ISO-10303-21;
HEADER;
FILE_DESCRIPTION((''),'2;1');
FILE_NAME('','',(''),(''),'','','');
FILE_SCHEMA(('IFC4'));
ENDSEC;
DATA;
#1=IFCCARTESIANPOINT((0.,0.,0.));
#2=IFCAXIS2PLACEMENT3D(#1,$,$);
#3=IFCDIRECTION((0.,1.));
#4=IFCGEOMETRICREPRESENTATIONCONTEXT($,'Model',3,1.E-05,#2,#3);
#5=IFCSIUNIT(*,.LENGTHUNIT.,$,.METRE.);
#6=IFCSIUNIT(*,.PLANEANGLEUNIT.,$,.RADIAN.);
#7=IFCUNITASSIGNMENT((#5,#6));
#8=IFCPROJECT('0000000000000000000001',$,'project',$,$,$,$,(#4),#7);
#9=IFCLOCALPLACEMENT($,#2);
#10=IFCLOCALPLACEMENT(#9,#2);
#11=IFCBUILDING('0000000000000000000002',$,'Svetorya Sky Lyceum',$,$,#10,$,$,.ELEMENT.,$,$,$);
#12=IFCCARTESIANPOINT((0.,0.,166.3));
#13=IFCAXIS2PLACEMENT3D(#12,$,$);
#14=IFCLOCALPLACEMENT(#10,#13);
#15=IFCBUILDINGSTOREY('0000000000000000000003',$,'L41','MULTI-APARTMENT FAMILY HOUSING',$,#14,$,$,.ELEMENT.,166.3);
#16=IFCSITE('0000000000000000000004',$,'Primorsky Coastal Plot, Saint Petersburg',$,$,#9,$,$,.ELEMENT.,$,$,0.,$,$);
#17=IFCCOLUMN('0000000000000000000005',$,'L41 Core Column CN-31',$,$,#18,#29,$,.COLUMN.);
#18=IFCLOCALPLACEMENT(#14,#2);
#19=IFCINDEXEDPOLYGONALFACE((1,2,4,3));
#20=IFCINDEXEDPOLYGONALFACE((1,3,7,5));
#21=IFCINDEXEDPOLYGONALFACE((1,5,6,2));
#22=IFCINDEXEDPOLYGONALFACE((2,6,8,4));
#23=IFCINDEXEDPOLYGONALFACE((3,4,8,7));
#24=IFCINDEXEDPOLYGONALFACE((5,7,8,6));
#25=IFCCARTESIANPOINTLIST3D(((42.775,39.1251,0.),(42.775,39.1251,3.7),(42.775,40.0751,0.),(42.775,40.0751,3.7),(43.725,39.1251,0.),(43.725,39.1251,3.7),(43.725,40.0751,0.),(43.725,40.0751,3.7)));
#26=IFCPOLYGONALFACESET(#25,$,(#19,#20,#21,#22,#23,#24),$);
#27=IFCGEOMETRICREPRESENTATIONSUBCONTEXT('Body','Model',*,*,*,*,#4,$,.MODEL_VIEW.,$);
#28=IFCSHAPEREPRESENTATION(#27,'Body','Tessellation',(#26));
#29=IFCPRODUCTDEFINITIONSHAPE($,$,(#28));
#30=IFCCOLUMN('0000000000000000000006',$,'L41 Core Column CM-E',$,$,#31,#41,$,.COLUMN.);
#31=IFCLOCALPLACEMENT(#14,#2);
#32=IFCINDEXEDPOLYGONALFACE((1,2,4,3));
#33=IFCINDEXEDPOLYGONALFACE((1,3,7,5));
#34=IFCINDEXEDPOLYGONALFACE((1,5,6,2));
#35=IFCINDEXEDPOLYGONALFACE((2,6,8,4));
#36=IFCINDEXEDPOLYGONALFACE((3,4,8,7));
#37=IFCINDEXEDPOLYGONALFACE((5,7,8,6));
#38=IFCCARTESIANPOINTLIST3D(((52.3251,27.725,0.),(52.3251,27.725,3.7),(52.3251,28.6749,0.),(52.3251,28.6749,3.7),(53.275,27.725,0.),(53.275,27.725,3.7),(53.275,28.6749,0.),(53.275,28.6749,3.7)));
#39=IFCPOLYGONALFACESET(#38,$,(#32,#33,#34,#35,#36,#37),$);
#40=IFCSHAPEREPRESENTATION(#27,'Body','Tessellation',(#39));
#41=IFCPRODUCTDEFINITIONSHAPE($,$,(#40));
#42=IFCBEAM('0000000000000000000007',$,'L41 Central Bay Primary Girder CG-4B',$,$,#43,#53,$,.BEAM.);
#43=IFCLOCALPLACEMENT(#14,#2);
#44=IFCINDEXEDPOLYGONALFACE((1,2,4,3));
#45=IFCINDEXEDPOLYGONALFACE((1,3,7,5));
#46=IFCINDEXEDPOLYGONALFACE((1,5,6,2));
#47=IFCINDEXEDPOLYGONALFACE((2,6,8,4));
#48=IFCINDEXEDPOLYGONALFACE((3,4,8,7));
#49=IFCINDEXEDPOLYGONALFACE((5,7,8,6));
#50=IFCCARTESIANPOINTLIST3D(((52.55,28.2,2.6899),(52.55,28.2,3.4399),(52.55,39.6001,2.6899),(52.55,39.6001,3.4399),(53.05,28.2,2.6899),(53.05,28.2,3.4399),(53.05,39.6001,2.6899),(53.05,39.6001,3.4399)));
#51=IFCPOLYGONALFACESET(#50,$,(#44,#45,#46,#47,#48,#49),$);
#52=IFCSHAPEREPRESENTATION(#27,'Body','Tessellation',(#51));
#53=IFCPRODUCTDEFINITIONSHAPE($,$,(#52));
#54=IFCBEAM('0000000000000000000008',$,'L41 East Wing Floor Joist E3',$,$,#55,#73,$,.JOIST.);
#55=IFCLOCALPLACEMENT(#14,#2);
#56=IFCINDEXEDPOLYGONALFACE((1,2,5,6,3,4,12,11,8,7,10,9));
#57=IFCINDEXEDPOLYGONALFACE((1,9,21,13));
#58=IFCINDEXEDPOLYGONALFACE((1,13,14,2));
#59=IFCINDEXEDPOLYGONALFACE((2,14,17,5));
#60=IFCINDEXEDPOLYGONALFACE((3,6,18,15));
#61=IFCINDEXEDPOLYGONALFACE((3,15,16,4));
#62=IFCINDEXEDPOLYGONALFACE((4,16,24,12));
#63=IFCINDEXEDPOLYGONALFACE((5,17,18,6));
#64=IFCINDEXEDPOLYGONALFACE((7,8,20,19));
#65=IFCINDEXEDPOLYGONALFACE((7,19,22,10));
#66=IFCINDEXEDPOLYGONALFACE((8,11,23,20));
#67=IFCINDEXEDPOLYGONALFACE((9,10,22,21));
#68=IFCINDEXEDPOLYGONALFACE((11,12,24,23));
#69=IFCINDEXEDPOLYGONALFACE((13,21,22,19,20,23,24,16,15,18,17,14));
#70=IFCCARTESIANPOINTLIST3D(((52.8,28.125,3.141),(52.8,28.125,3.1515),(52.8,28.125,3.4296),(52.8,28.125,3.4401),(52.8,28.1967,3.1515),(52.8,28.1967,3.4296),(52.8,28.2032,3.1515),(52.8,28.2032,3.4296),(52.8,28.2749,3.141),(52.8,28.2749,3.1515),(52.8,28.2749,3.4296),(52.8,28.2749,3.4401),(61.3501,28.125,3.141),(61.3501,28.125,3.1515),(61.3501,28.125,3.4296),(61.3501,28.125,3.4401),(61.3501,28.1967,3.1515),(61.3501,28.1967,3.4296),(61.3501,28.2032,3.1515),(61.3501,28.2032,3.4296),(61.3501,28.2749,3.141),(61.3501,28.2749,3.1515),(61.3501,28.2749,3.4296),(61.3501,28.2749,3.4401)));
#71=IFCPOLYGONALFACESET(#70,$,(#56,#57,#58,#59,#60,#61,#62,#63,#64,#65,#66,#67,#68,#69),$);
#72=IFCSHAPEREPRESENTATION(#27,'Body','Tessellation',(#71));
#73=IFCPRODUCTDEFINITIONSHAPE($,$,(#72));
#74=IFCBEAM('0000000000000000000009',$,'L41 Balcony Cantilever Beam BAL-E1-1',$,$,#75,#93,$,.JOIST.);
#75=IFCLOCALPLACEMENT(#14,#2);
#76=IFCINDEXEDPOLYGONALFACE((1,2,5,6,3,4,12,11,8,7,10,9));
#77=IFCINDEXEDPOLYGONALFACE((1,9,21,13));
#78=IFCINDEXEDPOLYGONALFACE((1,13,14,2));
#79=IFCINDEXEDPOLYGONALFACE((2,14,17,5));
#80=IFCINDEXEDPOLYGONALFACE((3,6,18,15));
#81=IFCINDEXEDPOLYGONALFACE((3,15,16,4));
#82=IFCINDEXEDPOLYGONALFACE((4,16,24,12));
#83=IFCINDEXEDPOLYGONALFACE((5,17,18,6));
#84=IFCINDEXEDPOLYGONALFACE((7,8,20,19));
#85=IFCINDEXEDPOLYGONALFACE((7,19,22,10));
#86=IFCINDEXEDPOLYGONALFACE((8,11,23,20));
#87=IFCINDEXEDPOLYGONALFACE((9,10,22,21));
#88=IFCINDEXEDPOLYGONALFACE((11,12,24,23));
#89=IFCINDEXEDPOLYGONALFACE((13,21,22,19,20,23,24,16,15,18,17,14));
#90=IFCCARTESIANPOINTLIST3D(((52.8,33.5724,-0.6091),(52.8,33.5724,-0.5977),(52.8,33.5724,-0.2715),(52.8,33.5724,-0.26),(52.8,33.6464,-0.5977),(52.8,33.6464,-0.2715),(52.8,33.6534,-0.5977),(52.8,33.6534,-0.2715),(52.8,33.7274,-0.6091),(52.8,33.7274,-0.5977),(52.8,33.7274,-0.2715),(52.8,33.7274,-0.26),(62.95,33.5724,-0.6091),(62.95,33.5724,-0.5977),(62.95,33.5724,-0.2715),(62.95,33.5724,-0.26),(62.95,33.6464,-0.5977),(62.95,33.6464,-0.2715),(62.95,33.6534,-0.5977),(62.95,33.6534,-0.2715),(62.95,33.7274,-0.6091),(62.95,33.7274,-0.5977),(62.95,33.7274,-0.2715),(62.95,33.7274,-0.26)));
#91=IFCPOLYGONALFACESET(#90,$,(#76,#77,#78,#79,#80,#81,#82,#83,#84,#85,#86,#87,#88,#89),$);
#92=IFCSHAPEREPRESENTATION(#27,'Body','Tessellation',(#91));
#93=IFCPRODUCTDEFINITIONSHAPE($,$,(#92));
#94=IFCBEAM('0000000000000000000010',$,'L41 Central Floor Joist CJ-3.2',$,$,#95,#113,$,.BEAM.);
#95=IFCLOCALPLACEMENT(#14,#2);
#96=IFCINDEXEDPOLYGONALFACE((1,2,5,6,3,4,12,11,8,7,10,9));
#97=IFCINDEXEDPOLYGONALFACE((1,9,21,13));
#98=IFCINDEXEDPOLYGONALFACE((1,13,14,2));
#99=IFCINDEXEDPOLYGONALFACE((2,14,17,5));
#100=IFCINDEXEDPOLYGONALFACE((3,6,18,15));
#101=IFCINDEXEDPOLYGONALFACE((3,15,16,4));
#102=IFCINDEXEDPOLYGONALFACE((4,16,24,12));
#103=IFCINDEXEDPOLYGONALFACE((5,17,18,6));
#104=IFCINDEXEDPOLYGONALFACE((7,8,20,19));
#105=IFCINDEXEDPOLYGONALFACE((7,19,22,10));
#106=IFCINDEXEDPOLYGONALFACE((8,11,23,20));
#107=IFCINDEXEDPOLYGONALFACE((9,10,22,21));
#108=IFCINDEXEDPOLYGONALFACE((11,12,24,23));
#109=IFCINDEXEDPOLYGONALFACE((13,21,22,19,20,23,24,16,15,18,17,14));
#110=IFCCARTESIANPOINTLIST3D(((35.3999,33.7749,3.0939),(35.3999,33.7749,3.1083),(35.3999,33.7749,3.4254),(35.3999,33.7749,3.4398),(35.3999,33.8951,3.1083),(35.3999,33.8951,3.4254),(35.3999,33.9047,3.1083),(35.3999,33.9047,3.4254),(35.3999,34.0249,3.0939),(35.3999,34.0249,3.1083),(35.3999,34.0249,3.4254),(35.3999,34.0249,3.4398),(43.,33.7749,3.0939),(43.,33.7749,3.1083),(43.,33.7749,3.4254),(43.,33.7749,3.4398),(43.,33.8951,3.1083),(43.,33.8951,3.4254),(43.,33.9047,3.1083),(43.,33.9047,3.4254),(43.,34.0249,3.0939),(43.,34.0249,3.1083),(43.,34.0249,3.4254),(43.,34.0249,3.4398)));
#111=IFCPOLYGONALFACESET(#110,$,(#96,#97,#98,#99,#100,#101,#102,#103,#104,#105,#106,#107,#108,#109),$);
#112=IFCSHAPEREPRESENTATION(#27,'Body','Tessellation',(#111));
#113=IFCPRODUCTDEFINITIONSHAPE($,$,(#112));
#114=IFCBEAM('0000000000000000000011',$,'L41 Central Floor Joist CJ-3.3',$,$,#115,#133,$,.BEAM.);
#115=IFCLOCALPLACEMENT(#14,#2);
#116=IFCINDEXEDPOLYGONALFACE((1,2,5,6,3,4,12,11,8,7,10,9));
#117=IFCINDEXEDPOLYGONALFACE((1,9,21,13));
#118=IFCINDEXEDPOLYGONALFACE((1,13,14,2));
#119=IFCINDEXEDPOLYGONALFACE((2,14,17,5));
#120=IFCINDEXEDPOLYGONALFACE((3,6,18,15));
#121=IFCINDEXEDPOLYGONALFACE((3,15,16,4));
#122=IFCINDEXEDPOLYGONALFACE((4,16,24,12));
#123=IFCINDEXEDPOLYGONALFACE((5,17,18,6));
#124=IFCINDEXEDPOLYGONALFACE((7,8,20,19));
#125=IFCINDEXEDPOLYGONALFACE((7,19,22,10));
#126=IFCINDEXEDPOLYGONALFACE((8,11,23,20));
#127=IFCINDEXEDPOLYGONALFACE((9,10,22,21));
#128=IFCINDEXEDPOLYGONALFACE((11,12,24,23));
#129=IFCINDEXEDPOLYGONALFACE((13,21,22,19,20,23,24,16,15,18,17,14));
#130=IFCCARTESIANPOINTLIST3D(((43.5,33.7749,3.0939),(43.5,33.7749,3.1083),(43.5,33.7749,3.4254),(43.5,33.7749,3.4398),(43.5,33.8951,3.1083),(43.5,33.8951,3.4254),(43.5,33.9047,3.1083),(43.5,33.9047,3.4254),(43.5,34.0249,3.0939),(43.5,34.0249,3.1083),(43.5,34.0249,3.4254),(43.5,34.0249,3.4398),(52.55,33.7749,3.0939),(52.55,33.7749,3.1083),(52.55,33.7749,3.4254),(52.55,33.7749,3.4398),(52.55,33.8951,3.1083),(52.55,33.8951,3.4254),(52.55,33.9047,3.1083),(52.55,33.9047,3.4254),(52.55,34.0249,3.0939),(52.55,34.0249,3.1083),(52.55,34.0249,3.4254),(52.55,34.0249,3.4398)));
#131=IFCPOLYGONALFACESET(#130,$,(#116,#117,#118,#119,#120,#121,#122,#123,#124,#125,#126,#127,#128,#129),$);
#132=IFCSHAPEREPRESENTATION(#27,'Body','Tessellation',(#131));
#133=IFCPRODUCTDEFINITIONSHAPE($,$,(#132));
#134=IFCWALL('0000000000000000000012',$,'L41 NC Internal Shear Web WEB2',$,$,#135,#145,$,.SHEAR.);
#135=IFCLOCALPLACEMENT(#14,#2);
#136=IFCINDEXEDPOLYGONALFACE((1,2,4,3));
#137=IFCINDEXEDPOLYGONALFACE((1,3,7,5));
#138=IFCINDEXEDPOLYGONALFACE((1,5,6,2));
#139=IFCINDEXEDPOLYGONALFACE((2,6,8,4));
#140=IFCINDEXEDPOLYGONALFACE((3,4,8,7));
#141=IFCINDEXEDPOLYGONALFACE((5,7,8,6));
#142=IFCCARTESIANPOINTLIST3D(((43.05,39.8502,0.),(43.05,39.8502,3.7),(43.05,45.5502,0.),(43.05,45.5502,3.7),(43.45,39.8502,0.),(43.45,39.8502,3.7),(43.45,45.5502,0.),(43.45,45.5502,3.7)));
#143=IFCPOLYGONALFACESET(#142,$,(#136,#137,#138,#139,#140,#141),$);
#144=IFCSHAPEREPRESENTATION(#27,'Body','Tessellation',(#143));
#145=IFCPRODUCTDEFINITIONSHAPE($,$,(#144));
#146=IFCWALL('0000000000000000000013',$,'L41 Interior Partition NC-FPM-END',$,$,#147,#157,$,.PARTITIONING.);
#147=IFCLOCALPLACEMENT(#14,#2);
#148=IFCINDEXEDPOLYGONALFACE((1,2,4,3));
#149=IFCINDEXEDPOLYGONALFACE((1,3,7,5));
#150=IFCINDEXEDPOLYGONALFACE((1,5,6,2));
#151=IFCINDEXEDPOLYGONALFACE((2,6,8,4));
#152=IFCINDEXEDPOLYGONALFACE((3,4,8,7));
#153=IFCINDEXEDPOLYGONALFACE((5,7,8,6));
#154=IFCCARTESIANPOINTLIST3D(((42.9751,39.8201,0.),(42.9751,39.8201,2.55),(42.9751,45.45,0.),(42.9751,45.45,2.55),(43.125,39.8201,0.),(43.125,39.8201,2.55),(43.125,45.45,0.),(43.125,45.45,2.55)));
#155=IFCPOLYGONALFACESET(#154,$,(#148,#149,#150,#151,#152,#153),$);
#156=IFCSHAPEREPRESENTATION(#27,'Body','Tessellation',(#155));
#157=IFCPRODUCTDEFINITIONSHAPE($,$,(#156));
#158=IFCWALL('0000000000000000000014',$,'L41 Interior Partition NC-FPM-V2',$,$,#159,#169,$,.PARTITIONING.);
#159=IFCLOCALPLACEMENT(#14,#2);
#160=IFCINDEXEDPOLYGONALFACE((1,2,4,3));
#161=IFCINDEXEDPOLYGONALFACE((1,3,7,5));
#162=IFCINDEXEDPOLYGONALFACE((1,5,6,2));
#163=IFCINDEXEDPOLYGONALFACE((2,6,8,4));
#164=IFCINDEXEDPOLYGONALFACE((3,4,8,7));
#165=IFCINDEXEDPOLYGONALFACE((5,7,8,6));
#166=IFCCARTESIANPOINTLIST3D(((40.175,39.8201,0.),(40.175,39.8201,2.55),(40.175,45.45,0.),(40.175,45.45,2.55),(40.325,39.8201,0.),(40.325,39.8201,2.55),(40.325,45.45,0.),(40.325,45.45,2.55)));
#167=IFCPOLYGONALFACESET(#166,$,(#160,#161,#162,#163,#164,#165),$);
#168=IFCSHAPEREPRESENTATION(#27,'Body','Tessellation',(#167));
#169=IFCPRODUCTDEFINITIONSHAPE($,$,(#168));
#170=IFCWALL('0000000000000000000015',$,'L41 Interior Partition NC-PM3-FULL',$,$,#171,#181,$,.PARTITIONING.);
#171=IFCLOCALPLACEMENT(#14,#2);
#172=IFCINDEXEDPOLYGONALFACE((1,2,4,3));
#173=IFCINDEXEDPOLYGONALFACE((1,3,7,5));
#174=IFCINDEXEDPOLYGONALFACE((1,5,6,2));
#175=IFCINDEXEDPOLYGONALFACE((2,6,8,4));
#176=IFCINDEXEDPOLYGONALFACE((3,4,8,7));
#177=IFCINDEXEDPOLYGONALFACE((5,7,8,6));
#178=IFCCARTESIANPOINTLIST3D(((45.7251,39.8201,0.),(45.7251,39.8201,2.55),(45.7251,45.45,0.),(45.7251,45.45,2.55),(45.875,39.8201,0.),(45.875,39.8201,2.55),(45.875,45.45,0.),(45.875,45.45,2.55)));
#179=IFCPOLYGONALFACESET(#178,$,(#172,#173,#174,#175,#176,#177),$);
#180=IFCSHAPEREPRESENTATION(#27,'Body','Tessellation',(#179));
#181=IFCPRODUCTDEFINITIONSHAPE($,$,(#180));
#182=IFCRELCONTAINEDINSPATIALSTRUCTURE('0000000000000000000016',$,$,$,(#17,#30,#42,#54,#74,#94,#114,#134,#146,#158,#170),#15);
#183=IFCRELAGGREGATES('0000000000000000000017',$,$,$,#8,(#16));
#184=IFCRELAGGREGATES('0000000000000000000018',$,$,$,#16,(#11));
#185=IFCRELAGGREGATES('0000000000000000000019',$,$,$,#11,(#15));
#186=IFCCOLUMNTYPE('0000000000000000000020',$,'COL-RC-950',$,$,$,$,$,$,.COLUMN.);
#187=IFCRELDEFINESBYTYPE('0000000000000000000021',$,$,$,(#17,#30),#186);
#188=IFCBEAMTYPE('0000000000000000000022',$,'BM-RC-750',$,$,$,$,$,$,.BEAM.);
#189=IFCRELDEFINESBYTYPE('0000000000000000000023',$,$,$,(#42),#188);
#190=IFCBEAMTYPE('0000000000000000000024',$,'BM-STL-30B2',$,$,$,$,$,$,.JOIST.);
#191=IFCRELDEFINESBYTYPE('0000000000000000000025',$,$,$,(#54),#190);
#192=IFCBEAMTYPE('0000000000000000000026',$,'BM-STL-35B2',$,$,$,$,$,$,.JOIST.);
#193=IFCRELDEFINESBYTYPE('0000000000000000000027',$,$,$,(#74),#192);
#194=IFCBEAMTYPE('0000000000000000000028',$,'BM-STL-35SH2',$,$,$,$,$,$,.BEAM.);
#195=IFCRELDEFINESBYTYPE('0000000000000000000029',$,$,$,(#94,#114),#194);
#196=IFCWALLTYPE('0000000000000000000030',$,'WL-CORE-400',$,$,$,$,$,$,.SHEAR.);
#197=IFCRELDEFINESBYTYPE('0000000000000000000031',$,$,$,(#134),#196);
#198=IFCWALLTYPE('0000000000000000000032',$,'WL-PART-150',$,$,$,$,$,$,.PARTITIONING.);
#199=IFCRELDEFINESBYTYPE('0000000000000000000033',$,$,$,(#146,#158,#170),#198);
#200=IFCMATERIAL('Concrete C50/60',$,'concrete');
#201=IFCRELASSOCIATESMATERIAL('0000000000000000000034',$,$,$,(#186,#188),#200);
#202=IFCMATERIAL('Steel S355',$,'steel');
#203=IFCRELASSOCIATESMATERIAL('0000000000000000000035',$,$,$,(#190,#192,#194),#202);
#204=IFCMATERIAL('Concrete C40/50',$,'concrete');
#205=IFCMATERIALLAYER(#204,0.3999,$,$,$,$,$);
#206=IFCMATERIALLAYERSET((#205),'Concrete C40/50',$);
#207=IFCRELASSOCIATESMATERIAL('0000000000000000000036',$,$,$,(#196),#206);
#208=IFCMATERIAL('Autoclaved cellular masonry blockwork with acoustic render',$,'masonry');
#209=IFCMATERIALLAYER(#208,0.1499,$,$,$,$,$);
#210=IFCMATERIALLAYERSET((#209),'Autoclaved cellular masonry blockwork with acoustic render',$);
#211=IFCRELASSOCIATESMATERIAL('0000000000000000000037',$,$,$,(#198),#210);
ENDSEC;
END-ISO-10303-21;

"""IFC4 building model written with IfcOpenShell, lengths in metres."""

from ifc_helpers import new_model, si_unit, direction, frame, frame_2d, origin, origin_2d, place, context, subcontext, project, spatial, rectangle, i_section, extrude, material, layer, layer_set, material_profile, profile_set, type_object, element, save


model = new_model("IFC4")

# Units and contexts
model_context = context("Model", 3, precision=1e-05, world=origin(), true_north=direction((0.0, 1.0)))
body_context = subcontext(model_context, "Body", "Model", "MODEL_VIEW")
ifc_project = project(units=[si_unit("LENGTHUNIT", "METRE"), si_unit("PLANEANGLEUNIT", "RADIAN")], contexts=[model_context])

# Site, building, storey
site_placement = place(None, origin())
site = spatial("IfcSite", under=ifc_project, at=site_placement, Name="Primorsky Coastal Plot, Saint Petersburg", CompositionType="ELEMENT", RefElevation=0.0)
building_placement = place(site_placement, origin())
building = spatial("IfcBuilding", under=site, at=building_placement, Name="Svetorya Sky Lyceum", CompositionType="ELEMENT")
storey_placement = place(building_placement, frame((0.0, 0.0, 166.3)))
storey = spatial("IfcBuildingStorey", under=building, at=storey_placement, Name="L41", Description="MULTI-APARTMENT FAMILY HOUSING", CompositionType="ELEMENT", Elevation=166.3)

# Columns
ifc_material_1 = material(Name="Concrete C50/60", Category="concrete")
ifc_material_profile_1 = material_profile(ifc_material_1, rectangle(XDim=0.95, YDim=0.95, at=origin_2d()), Name="RC COL 950x950")
ifc_profile_set_1 = profile_set([ifc_material_profile_1], Name="Concrete C50/60")
column_type = type_object("IfcColumnType", Name="COL-RC-950", PredefinedType="COLUMN", material=ifc_profile_set_1)
for number, where, z_axis, x_axis, name in (
    (1, (43.25, 39.6001, 0.0), (0.0, 0.0, 1.0), (1.0, 0.0, 0.0), "L41 Core Column CN-31"),
    (2, (52.8, 28.2, 0.0), (0.0, 0.0, 1.0), (1.0, 0.0, 0.0), "L41 Core Column CM-E"),
):
    element("IfcColumn", number, at=place(storey_placement, frame(where, z_axis=z_axis, x_axis=x_axis)), inside=storey, type_object=column_type, Name=name, PredefinedType="COLUMN", context=body_context, shape_type="SweptSolid", body=[
        extrude(rectangle(XDim=0.95, YDim=0.95, at=origin_2d()), origin(), (0.0, 0.0, 1.0), 3.7),
    ])

# Beams
ifc_material_profile_2 = material_profile(ifc_material_1, rectangle(XDim=0.5, YDim=0.75, at=origin_2d()), Name="RC BEAM 500x750")
ifc_profile_set_2 = profile_set([ifc_material_profile_2], Name="Concrete C50/60")
beam_type_1 = type_object("IfcBeamType", Name="BM-RC-750", PredefinedType="BEAM", material=ifc_profile_set_2)
beam_1_placement = place(storey_placement, frame((52.8, 28.2, 3.0649), z_axis=(0.0, 1.0, 0.0), x_axis=(-1.0, 0.0, 0.0)))
element("IfcBeam", 3, at=beam_1_placement, inside=storey, type_object=beam_type_1, Name="L41 Central Bay Primary Girder CG-4B", PredefinedType="BEAM", context=body_context, shape_type="SweptSolid", body=[
    extrude(rectangle(XDim=0.5, YDim=0.75, at=origin_2d()), origin(), (0.0, 0.0, 1.0), 11.4001),
])
ifc_material_2 = material(Name="Steel S355", Category="steel")
ifc_material_profile_3 = material_profile(ifc_material_2, i_section(OverallWidth=0.1499, OverallDepth=0.2991, WebThickness=0.0066, FlangeThickness=0.0105, at=origin_2d()), Name="GOST 30B2")
ifc_profile_set_3 = profile_set([ifc_material_profile_3], Name="Steel S355")
beam_type_2 = type_object("IfcBeamType", Name="BM-STL-30B2", PredefinedType="JOIST", material=ifc_profile_set_3)
beam_2_placement = place(storey_placement, frame((52.8, 28.2, 3.2905), z_axis=(1.0, 0.0, 0.0), x_axis=(0.0, 1.0, 0.0)))
element("IfcBeam", 4, at=beam_2_placement, inside=storey, type_object=beam_type_2, Name="L41 East Wing Floor Joist E3", PredefinedType="JOIST", context=body_context, shape_type="SweptSolid", body=[
    extrude(i_section(OverallWidth=0.1499, OverallDepth=0.2991, WebThickness=0.0066, FlangeThickness=0.0105, at=origin_2d()), origin(), (0.0, 0.0, 1.0), 8.55),
])
ifc_material_profile_4 = material_profile(ifc_material_2, i_section(OverallWidth=0.155, OverallDepth=0.3491, WebThickness=0.0071, FlangeThickness=0.0115, at=origin_2d()), Name="GOST 35B2")
ifc_profile_set_4 = profile_set([ifc_material_profile_4], Name="Steel S355")
beam_type_3 = type_object("IfcBeamType", Name="BM-STL-35B2", PredefinedType="JOIST", material=ifc_profile_set_4)
beam_3_placement = place(storey_placement, frame((52.8, 33.6499, -0.4346), z_axis=(1.0, 0.0, 0.0), x_axis=(0.0, 1.0, 0.0)))
element("IfcBeam", 5, at=beam_3_placement, inside=storey, type_object=beam_type_3, Name="L41 Balcony Cantilever Beam BAL-E1-1", PredefinedType="JOIST", context=body_context, shape_type="SweptSolid", body=[
    extrude(i_section(OverallWidth=0.155, OverallDepth=0.3491, WebThickness=0.0071, FlangeThickness=0.0115, at=origin_2d()), origin(), (0.0, 0.0, 1.0), 10.1499),
])
ifc_material_profile_5 = material_profile(ifc_material_2, i_section(OverallWidth=0.25, OverallDepth=0.3459, WebThickness=0.0095, FlangeThickness=0.0144, at=origin_2d()), Name="GOST 35Sh2")
ifc_profile_set_5 = profile_set([ifc_material_profile_5], Name="Steel S355")
beam_type_4 = type_object("IfcBeamType", Name="BM-STL-35SH2", PredefinedType="BEAM", material=ifc_profile_set_5)
beam_4_placement = place(storey_placement, frame((35.3999, 33.8999, 3.2668), z_axis=(1.0, 0.0, 0.0), x_axis=(0.0, 1.0, 0.0)))
element("IfcBeam", 6, at=beam_4_placement, inside=storey, type_object=beam_type_4, Name="L41 Central Floor Joist CJ-3.2", PredefinedType="BEAM", context=body_context, shape_type="SweptSolid", body=[
    extrude(i_section(OverallWidth=0.25, OverallDepth=0.3459, WebThickness=0.0095, FlangeThickness=0.0144, at=origin_2d()), origin(), (0.0, 0.0, 1.0), 7.6001),
])
beam_5_placement = place(storey_placement, frame((43.5, 33.8999, 3.2668), z_axis=(1.0, 0.0, 0.0), x_axis=(0.0, 1.0, 0.0)))
element("IfcBeam", 7, at=beam_5_placement, inside=storey, type_object=beam_type_4, Name="L41 Central Floor Joist CJ-3.3", PredefinedType="BEAM", context=body_context, shape_type="SweptSolid", body=[
    extrude(i_section(OverallWidth=0.25, OverallDepth=0.3459, WebThickness=0.0095, FlangeThickness=0.0144, at=origin_2d()), origin(), (0.0, 0.0, 1.0), 9.05),
])

# Walls
ifc_material_3 = material(Name="Concrete C40/50", Category="concrete")
ifc_layer_1 = layer(ifc_material_3, 0.3999)
ifc_layer_set_1 = layer_set([ifc_layer_1], Name="Concrete C40/50")
wall_type_1 = type_object("IfcWallType", Name="WL-CORE-400", PredefinedType="SHEAR", material=ifc_layer_set_1)
wall_1_placement = place(storey_placement, frame((43.25, 39.8501, 0.0), z_axis=(0.0, 0.0, 1.0), x_axis=(0.0, 1.0, 0.0)))
element("IfcWall", 8, at=wall_1_placement, inside=storey, type_object=wall_type_1, Name="L41 NC Internal Shear Web WEB2", PredefinedType="SHEAR", context=body_context, shape_type="SweptSolid", body=[
    extrude(rectangle(XDim=5.7, YDim=0.3999, at=frame_2d((2.8501, 0.0))), origin(), (0.0, 0.0, 1.0), 3.7),
])
ifc_material_4 = material(Name="Autoclaved cellular masonry blockwork with acoustic render", Category="masonry")
ifc_layer_2 = layer(ifc_material_4, 0.1499)
ifc_layer_set_2 = layer_set([ifc_layer_2], Name="Autoclaved cellular masonry blockwork with acoustic render")
wall_type_2 = type_object("IfcWallType", Name="WL-PART-150", PredefinedType="PARTITIONING", material=ifc_layer_set_2)
for number, where, z_axis, x_axis, name in (
    (9, (43.05, 39.8201, 0.0), (0.0, 0.0, 1.0), (0.0, 1.0, 0.0), "L41 Interior Partition NC-FPM-END"),
    (10, (40.25, 39.8201, 0.0), (0.0, 0.0, 1.0), (0.0, 1.0, 0.0), "L41 Interior Partition NC-FPM-V2"),
    (11, (45.8, 39.8201, 0.0), (0.0, 0.0, 1.0), (0.0, 1.0, 0.0), "L41 Interior Partition NC-PM3-FULL"),
):
    element("IfcWall", number, at=place(storey_placement, frame(where, z_axis=z_axis, x_axis=x_axis)), inside=storey, type_object=wall_type_2, Name=name, PredefinedType="PARTITIONING", context=body_context, shape_type="SweptSolid", body=[
        extrude(rectangle(XDim=5.6299, YDim=0.1499, at=frame_2d((2.8149, 0.0))), origin(), (0.0, 0.0, 1.0), 2.55),
    ])

save(model, "model.ifc")
